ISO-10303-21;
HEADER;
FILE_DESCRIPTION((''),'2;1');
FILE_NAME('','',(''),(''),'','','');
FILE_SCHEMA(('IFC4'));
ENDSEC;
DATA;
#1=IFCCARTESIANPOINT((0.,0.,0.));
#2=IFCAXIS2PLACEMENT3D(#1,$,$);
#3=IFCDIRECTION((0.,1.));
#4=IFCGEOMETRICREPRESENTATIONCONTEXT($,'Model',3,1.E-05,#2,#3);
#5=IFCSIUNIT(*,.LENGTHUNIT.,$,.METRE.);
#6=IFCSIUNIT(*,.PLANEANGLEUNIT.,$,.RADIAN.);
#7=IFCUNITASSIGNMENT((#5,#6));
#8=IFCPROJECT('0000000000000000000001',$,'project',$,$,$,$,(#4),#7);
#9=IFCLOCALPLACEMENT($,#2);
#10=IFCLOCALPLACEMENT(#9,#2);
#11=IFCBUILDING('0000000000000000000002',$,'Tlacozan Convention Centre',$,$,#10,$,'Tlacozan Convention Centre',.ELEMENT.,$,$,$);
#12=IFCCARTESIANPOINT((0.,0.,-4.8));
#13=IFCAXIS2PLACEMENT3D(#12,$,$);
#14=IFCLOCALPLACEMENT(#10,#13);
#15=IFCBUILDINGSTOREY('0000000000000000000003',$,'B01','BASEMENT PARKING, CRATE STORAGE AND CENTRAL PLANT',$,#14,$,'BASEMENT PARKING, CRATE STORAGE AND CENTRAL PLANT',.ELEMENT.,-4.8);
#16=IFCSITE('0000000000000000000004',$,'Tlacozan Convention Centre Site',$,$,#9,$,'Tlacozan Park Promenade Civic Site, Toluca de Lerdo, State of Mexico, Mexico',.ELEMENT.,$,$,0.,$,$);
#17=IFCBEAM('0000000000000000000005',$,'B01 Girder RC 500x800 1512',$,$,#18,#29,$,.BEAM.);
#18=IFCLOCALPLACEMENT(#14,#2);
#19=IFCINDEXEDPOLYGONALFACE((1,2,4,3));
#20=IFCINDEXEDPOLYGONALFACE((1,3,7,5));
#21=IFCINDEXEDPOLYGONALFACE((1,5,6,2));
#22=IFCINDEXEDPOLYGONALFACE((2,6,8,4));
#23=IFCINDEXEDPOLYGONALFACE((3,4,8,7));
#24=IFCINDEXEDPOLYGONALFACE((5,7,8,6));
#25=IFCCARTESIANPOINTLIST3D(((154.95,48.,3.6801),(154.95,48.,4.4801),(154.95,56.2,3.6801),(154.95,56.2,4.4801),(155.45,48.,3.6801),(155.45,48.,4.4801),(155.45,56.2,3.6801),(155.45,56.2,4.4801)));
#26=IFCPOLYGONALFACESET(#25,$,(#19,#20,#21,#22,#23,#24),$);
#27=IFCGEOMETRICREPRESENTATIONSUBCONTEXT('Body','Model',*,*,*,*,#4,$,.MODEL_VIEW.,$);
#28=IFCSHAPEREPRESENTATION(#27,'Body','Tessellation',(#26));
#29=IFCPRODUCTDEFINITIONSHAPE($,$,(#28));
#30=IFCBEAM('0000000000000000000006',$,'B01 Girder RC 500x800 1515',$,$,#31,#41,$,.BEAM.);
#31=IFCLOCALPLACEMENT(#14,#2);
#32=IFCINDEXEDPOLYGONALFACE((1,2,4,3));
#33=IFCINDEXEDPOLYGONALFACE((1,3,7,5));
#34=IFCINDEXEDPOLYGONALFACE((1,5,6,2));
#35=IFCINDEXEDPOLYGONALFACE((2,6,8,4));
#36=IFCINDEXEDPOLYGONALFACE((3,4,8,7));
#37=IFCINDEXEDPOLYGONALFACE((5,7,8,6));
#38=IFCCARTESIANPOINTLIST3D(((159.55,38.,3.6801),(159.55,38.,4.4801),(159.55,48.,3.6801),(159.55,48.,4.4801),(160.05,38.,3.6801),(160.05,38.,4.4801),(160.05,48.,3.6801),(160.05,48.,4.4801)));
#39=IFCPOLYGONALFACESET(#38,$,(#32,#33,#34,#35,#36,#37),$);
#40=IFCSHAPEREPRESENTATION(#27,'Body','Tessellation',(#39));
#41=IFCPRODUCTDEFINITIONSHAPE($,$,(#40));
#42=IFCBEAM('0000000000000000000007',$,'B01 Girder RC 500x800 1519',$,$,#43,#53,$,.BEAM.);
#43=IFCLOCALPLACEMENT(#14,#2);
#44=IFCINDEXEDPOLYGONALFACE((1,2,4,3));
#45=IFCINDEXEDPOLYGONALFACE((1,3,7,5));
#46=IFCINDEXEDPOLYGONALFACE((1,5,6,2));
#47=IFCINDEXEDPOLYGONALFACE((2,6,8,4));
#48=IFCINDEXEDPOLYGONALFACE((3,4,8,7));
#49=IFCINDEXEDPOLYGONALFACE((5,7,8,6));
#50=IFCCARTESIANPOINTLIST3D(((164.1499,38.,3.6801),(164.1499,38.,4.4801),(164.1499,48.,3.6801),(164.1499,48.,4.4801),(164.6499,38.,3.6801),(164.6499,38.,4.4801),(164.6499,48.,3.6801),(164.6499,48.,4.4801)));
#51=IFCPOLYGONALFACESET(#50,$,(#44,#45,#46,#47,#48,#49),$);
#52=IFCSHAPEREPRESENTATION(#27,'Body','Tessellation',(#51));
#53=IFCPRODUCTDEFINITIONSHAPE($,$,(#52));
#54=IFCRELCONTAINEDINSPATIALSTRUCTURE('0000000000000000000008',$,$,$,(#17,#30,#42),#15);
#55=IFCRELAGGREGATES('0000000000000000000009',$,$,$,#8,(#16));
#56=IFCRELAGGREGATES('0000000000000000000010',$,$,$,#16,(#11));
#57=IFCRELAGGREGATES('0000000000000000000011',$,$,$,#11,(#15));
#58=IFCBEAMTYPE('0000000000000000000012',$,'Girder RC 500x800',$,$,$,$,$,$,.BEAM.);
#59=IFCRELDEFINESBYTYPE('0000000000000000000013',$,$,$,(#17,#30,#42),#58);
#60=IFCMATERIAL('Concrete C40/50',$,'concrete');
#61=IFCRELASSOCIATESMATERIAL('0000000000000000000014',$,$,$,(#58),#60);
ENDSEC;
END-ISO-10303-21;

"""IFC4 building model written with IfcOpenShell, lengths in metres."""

from ifc_helpers import new_model, si_unit, direction, frame, origin, origin_2d, place, context, subcontext, project, spatial, rectangle, extrude, material, material_profile, profile_set, type_object, element, save


model = new_model("IFC4")

# Units and contexts
model_context = context("Model", 3, precision=1e-05, world=origin(), true_north=direction((0.0, 1.0)))
body_context = subcontext(model_context, "Body", "Model", "MODEL_VIEW")
ifc_project = project(units=[si_unit("LENGTHUNIT", "METRE"), si_unit("PLANEANGLEUNIT", "RADIAN")], contexts=[model_context])

# Site, building, storey
site_placement = place(None, origin())
site = spatial("IfcSite", under=ifc_project, at=site_placement, Name="Tlacozan Convention Centre Site", LongName="Tlacozan Park Promenade Civic Site, Toluca de Lerdo, State of Mexico, Mexico", CompositionType="ELEMENT", RefElevation=0.0)
building_placement = place(site_placement, origin())
building = spatial("IfcBuilding", under=site, at=building_placement, Name="Tlacozan Convention Centre", LongName="Tlacozan Convention Centre", CompositionType="ELEMENT")
storey_placement = place(building_placement, frame((0.0, 0.0, -4.8)))
storey = spatial("IfcBuildingStorey", under=building, at=storey_placement, Name="B01", Description="BASEMENT PARKING, CRATE STORAGE AND CENTRAL PLANT", LongName="BASEMENT PARKING, CRATE STORAGE AND CENTRAL PLANT", CompositionType="ELEMENT", Elevation=-4.8)

# Shared definitions
ifc_material_1 = material(Name="Concrete C40/50", Category="concrete")

# Beams
ifc_material_profile_1 = material_profile(ifc_material_1, rectangle(XDim=0.5, YDim=0.8, at=origin_2d()), Name="RC 500x800")
ifc_profile_set_1 = profile_set([ifc_material_profile_1], Name="Concrete C40/50")
beam_type_1 = type_object("IfcBeamType", Name="Girder RC 500x800", PredefinedType="BEAM", material=ifc_profile_set_1)
beam_1_placement = place(storey_placement, frame((155.2, 48.0, 4.0801), z_axis=(0.0, 1.0, 0.0), x_axis=(-1.0, 0.0, 0.0)))
element("IfcBeam", 1, at=beam_1_placement, inside=storey, type_object=beam_type_1, Name="B01 Girder RC 500x800 1512", PredefinedType="BEAM", context=body_context, shape_type="SweptSolid", body=[
    extrude(rectangle(XDim=0.5, YDim=0.8, at=origin_2d()), origin(), (0.0, 0.0, 1.0), 8.2),
])
for number, where, z_axis, x_axis, name in (
    (2, (159.8, 38.0, 4.0801), (0.0, 1.0, 0.0), (-1.0, 0.0, 0.0), "B01 Girder RC 500x800 1515"),
    (3, (164.3999, 38.0, 4.0801), (0.0, 1.0, 0.0), (-1.0, 0.0, 0.0), "B01 Girder RC 500x800 1519"),
):
    element("IfcBeam", number, at=place(storey_placement, frame(where, z_axis=z_axis, x_axis=x_axis)), inside=storey, type_object=beam_type_1, Name=name, PredefinedType="BEAM", context=body_context, shape_type="SweptSolid", body=[
        extrude(rectangle(XDim=0.5, YDim=0.8, at=origin_2d()), origin(), (0.0, 0.0, 1.0), 10.0),
    ])

save(model, "model.ifc")
